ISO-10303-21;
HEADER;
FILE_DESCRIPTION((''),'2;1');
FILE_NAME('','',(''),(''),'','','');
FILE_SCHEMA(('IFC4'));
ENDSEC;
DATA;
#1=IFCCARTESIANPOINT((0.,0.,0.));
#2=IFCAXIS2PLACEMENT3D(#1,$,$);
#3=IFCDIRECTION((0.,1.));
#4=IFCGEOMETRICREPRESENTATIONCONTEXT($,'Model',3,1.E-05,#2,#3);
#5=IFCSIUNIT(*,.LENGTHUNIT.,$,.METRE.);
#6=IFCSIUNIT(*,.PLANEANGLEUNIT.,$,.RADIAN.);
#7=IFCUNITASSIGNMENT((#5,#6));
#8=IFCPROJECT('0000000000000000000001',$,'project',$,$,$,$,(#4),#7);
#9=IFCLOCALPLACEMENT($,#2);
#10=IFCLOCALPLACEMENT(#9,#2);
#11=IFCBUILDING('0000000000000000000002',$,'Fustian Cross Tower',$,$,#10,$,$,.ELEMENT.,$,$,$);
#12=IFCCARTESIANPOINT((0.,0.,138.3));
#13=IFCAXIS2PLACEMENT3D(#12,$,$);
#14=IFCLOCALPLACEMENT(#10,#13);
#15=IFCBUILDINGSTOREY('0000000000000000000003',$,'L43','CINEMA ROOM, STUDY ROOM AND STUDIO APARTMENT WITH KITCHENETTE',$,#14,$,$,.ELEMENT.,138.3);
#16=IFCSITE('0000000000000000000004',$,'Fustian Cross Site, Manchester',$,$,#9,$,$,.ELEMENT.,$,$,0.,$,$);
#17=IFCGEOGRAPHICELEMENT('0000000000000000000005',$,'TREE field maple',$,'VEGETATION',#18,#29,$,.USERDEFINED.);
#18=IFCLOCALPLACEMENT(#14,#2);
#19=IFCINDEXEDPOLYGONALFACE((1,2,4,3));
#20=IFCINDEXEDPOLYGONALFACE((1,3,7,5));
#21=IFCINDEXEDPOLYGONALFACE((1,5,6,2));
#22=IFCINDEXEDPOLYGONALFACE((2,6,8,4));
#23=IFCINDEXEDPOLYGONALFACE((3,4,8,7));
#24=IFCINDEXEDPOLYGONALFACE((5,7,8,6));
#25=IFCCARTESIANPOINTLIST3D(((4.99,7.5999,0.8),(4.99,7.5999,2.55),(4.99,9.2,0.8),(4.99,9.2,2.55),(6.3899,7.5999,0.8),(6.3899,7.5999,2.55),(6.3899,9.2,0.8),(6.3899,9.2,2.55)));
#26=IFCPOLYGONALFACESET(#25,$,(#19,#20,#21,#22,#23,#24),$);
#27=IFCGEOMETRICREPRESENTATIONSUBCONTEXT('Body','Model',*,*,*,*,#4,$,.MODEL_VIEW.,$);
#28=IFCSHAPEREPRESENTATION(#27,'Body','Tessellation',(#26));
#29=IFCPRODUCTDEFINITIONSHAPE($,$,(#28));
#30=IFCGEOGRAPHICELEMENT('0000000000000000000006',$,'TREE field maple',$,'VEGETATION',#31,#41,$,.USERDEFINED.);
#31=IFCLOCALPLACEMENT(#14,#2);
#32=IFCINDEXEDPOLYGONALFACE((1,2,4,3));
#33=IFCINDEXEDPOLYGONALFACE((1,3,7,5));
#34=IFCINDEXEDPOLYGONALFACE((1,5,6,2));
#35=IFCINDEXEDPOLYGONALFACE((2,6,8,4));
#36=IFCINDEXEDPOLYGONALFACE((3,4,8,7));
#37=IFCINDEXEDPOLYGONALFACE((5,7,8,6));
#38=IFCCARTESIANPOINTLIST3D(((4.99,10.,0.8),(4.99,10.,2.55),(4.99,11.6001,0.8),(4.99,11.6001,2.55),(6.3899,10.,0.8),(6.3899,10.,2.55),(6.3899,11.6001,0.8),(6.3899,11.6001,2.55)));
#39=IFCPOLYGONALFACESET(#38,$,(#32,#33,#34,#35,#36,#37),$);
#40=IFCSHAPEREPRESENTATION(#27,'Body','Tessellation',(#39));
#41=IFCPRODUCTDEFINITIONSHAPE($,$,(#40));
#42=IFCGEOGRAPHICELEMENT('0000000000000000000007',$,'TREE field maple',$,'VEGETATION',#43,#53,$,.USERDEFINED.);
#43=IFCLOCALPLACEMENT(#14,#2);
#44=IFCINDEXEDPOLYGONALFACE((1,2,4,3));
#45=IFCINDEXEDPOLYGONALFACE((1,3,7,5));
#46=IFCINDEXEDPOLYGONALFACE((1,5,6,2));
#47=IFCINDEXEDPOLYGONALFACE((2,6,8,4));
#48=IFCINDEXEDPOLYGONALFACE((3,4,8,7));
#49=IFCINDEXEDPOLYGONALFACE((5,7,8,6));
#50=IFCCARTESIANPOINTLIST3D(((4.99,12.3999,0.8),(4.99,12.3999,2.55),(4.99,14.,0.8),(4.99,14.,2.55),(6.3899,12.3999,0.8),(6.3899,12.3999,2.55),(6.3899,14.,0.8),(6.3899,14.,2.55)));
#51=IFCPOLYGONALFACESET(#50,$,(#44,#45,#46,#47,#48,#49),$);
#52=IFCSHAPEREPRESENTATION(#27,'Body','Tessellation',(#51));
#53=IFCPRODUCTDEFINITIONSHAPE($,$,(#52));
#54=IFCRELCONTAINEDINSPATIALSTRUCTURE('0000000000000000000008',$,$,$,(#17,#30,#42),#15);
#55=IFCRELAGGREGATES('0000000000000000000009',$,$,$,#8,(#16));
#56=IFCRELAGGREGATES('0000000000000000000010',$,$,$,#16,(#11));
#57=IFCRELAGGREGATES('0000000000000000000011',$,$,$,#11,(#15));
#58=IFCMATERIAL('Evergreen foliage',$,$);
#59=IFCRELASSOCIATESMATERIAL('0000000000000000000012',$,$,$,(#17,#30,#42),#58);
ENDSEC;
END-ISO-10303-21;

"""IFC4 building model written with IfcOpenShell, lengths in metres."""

from ifc_helpers import new_model, si_unit, direction, frame, origin, origin_2d, place, context, subcontext, project, spatial, rectangle, extrude, material, element, save


model = new_model("IFC4")

# Units and contexts
model_context = context("Model", 3, precision=1e-05, world=origin(), true_north=direction((0.0, 1.0)))
body_context = subcontext(model_context, "Body", "Model", "MODEL_VIEW")
ifc_project = project(units=[si_unit("LENGTHUNIT", "METRE"), si_unit("PLANEANGLEUNIT", "RADIAN")], contexts=[model_context])

# Site, building, storey
site_placement = place(None, origin())
site = spatial("IfcSite", under=ifc_project, at=site_placement, Name="Fustian Cross Site, Manchester", CompositionType="ELEMENT", RefElevation=0.0)
building_placement = place(site_placement, origin())
building = spatial("IfcBuilding", under=site, at=building_placement, Name="Fustian Cross Tower", CompositionType="ELEMENT")
storey_placement = place(building_placement, frame((0.0, 0.0, 138.3)))
storey = spatial("IfcBuildingStorey", under=building, at=storey_placement, Name="L43", Description="CINEMA ROOM, STUDY ROOM AND STUDIO APARTMENT WITH KITCHENETTE", CompositionType="ELEMENT", Elevation=138.3)

# Geographic elements
ifc_material_1 = material(Name="Evergreen foliage")
for number, where, z_axis, x_axis, name in (
    (1, (5.6899, 8.3999, 0.8), (0.0, 0.0, 1.0), (1.0, 0.0, 0.0), "TREE field maple"),
    (2, (5.6899, 10.8, 0.8), (0.0, 0.0, 1.0), (1.0, 0.0, 0.0), "TREE field maple"),
    (3, (5.6899, 13.2, 0.8), (0.0, 0.0, 1.0), (1.0, 0.0, 0.0), "TREE field maple"),
):
    element("IfcGeographicElement", number, at=place(storey_placement, frame(where, z_axis=z_axis, x_axis=x_axis)), inside=storey, material=ifc_material_1, Name=name, ObjectType="VEGETATION", PredefinedType="USERDEFINED", context=body_context, shape_type="SweptSolid", body=[
        extrude(rectangle(XDim=1.3999, YDim=1.6001, at=origin_2d()), origin(), (0.0, 0.0, 1.0), 1.75),
    ])

save(model, "model.ifc")
